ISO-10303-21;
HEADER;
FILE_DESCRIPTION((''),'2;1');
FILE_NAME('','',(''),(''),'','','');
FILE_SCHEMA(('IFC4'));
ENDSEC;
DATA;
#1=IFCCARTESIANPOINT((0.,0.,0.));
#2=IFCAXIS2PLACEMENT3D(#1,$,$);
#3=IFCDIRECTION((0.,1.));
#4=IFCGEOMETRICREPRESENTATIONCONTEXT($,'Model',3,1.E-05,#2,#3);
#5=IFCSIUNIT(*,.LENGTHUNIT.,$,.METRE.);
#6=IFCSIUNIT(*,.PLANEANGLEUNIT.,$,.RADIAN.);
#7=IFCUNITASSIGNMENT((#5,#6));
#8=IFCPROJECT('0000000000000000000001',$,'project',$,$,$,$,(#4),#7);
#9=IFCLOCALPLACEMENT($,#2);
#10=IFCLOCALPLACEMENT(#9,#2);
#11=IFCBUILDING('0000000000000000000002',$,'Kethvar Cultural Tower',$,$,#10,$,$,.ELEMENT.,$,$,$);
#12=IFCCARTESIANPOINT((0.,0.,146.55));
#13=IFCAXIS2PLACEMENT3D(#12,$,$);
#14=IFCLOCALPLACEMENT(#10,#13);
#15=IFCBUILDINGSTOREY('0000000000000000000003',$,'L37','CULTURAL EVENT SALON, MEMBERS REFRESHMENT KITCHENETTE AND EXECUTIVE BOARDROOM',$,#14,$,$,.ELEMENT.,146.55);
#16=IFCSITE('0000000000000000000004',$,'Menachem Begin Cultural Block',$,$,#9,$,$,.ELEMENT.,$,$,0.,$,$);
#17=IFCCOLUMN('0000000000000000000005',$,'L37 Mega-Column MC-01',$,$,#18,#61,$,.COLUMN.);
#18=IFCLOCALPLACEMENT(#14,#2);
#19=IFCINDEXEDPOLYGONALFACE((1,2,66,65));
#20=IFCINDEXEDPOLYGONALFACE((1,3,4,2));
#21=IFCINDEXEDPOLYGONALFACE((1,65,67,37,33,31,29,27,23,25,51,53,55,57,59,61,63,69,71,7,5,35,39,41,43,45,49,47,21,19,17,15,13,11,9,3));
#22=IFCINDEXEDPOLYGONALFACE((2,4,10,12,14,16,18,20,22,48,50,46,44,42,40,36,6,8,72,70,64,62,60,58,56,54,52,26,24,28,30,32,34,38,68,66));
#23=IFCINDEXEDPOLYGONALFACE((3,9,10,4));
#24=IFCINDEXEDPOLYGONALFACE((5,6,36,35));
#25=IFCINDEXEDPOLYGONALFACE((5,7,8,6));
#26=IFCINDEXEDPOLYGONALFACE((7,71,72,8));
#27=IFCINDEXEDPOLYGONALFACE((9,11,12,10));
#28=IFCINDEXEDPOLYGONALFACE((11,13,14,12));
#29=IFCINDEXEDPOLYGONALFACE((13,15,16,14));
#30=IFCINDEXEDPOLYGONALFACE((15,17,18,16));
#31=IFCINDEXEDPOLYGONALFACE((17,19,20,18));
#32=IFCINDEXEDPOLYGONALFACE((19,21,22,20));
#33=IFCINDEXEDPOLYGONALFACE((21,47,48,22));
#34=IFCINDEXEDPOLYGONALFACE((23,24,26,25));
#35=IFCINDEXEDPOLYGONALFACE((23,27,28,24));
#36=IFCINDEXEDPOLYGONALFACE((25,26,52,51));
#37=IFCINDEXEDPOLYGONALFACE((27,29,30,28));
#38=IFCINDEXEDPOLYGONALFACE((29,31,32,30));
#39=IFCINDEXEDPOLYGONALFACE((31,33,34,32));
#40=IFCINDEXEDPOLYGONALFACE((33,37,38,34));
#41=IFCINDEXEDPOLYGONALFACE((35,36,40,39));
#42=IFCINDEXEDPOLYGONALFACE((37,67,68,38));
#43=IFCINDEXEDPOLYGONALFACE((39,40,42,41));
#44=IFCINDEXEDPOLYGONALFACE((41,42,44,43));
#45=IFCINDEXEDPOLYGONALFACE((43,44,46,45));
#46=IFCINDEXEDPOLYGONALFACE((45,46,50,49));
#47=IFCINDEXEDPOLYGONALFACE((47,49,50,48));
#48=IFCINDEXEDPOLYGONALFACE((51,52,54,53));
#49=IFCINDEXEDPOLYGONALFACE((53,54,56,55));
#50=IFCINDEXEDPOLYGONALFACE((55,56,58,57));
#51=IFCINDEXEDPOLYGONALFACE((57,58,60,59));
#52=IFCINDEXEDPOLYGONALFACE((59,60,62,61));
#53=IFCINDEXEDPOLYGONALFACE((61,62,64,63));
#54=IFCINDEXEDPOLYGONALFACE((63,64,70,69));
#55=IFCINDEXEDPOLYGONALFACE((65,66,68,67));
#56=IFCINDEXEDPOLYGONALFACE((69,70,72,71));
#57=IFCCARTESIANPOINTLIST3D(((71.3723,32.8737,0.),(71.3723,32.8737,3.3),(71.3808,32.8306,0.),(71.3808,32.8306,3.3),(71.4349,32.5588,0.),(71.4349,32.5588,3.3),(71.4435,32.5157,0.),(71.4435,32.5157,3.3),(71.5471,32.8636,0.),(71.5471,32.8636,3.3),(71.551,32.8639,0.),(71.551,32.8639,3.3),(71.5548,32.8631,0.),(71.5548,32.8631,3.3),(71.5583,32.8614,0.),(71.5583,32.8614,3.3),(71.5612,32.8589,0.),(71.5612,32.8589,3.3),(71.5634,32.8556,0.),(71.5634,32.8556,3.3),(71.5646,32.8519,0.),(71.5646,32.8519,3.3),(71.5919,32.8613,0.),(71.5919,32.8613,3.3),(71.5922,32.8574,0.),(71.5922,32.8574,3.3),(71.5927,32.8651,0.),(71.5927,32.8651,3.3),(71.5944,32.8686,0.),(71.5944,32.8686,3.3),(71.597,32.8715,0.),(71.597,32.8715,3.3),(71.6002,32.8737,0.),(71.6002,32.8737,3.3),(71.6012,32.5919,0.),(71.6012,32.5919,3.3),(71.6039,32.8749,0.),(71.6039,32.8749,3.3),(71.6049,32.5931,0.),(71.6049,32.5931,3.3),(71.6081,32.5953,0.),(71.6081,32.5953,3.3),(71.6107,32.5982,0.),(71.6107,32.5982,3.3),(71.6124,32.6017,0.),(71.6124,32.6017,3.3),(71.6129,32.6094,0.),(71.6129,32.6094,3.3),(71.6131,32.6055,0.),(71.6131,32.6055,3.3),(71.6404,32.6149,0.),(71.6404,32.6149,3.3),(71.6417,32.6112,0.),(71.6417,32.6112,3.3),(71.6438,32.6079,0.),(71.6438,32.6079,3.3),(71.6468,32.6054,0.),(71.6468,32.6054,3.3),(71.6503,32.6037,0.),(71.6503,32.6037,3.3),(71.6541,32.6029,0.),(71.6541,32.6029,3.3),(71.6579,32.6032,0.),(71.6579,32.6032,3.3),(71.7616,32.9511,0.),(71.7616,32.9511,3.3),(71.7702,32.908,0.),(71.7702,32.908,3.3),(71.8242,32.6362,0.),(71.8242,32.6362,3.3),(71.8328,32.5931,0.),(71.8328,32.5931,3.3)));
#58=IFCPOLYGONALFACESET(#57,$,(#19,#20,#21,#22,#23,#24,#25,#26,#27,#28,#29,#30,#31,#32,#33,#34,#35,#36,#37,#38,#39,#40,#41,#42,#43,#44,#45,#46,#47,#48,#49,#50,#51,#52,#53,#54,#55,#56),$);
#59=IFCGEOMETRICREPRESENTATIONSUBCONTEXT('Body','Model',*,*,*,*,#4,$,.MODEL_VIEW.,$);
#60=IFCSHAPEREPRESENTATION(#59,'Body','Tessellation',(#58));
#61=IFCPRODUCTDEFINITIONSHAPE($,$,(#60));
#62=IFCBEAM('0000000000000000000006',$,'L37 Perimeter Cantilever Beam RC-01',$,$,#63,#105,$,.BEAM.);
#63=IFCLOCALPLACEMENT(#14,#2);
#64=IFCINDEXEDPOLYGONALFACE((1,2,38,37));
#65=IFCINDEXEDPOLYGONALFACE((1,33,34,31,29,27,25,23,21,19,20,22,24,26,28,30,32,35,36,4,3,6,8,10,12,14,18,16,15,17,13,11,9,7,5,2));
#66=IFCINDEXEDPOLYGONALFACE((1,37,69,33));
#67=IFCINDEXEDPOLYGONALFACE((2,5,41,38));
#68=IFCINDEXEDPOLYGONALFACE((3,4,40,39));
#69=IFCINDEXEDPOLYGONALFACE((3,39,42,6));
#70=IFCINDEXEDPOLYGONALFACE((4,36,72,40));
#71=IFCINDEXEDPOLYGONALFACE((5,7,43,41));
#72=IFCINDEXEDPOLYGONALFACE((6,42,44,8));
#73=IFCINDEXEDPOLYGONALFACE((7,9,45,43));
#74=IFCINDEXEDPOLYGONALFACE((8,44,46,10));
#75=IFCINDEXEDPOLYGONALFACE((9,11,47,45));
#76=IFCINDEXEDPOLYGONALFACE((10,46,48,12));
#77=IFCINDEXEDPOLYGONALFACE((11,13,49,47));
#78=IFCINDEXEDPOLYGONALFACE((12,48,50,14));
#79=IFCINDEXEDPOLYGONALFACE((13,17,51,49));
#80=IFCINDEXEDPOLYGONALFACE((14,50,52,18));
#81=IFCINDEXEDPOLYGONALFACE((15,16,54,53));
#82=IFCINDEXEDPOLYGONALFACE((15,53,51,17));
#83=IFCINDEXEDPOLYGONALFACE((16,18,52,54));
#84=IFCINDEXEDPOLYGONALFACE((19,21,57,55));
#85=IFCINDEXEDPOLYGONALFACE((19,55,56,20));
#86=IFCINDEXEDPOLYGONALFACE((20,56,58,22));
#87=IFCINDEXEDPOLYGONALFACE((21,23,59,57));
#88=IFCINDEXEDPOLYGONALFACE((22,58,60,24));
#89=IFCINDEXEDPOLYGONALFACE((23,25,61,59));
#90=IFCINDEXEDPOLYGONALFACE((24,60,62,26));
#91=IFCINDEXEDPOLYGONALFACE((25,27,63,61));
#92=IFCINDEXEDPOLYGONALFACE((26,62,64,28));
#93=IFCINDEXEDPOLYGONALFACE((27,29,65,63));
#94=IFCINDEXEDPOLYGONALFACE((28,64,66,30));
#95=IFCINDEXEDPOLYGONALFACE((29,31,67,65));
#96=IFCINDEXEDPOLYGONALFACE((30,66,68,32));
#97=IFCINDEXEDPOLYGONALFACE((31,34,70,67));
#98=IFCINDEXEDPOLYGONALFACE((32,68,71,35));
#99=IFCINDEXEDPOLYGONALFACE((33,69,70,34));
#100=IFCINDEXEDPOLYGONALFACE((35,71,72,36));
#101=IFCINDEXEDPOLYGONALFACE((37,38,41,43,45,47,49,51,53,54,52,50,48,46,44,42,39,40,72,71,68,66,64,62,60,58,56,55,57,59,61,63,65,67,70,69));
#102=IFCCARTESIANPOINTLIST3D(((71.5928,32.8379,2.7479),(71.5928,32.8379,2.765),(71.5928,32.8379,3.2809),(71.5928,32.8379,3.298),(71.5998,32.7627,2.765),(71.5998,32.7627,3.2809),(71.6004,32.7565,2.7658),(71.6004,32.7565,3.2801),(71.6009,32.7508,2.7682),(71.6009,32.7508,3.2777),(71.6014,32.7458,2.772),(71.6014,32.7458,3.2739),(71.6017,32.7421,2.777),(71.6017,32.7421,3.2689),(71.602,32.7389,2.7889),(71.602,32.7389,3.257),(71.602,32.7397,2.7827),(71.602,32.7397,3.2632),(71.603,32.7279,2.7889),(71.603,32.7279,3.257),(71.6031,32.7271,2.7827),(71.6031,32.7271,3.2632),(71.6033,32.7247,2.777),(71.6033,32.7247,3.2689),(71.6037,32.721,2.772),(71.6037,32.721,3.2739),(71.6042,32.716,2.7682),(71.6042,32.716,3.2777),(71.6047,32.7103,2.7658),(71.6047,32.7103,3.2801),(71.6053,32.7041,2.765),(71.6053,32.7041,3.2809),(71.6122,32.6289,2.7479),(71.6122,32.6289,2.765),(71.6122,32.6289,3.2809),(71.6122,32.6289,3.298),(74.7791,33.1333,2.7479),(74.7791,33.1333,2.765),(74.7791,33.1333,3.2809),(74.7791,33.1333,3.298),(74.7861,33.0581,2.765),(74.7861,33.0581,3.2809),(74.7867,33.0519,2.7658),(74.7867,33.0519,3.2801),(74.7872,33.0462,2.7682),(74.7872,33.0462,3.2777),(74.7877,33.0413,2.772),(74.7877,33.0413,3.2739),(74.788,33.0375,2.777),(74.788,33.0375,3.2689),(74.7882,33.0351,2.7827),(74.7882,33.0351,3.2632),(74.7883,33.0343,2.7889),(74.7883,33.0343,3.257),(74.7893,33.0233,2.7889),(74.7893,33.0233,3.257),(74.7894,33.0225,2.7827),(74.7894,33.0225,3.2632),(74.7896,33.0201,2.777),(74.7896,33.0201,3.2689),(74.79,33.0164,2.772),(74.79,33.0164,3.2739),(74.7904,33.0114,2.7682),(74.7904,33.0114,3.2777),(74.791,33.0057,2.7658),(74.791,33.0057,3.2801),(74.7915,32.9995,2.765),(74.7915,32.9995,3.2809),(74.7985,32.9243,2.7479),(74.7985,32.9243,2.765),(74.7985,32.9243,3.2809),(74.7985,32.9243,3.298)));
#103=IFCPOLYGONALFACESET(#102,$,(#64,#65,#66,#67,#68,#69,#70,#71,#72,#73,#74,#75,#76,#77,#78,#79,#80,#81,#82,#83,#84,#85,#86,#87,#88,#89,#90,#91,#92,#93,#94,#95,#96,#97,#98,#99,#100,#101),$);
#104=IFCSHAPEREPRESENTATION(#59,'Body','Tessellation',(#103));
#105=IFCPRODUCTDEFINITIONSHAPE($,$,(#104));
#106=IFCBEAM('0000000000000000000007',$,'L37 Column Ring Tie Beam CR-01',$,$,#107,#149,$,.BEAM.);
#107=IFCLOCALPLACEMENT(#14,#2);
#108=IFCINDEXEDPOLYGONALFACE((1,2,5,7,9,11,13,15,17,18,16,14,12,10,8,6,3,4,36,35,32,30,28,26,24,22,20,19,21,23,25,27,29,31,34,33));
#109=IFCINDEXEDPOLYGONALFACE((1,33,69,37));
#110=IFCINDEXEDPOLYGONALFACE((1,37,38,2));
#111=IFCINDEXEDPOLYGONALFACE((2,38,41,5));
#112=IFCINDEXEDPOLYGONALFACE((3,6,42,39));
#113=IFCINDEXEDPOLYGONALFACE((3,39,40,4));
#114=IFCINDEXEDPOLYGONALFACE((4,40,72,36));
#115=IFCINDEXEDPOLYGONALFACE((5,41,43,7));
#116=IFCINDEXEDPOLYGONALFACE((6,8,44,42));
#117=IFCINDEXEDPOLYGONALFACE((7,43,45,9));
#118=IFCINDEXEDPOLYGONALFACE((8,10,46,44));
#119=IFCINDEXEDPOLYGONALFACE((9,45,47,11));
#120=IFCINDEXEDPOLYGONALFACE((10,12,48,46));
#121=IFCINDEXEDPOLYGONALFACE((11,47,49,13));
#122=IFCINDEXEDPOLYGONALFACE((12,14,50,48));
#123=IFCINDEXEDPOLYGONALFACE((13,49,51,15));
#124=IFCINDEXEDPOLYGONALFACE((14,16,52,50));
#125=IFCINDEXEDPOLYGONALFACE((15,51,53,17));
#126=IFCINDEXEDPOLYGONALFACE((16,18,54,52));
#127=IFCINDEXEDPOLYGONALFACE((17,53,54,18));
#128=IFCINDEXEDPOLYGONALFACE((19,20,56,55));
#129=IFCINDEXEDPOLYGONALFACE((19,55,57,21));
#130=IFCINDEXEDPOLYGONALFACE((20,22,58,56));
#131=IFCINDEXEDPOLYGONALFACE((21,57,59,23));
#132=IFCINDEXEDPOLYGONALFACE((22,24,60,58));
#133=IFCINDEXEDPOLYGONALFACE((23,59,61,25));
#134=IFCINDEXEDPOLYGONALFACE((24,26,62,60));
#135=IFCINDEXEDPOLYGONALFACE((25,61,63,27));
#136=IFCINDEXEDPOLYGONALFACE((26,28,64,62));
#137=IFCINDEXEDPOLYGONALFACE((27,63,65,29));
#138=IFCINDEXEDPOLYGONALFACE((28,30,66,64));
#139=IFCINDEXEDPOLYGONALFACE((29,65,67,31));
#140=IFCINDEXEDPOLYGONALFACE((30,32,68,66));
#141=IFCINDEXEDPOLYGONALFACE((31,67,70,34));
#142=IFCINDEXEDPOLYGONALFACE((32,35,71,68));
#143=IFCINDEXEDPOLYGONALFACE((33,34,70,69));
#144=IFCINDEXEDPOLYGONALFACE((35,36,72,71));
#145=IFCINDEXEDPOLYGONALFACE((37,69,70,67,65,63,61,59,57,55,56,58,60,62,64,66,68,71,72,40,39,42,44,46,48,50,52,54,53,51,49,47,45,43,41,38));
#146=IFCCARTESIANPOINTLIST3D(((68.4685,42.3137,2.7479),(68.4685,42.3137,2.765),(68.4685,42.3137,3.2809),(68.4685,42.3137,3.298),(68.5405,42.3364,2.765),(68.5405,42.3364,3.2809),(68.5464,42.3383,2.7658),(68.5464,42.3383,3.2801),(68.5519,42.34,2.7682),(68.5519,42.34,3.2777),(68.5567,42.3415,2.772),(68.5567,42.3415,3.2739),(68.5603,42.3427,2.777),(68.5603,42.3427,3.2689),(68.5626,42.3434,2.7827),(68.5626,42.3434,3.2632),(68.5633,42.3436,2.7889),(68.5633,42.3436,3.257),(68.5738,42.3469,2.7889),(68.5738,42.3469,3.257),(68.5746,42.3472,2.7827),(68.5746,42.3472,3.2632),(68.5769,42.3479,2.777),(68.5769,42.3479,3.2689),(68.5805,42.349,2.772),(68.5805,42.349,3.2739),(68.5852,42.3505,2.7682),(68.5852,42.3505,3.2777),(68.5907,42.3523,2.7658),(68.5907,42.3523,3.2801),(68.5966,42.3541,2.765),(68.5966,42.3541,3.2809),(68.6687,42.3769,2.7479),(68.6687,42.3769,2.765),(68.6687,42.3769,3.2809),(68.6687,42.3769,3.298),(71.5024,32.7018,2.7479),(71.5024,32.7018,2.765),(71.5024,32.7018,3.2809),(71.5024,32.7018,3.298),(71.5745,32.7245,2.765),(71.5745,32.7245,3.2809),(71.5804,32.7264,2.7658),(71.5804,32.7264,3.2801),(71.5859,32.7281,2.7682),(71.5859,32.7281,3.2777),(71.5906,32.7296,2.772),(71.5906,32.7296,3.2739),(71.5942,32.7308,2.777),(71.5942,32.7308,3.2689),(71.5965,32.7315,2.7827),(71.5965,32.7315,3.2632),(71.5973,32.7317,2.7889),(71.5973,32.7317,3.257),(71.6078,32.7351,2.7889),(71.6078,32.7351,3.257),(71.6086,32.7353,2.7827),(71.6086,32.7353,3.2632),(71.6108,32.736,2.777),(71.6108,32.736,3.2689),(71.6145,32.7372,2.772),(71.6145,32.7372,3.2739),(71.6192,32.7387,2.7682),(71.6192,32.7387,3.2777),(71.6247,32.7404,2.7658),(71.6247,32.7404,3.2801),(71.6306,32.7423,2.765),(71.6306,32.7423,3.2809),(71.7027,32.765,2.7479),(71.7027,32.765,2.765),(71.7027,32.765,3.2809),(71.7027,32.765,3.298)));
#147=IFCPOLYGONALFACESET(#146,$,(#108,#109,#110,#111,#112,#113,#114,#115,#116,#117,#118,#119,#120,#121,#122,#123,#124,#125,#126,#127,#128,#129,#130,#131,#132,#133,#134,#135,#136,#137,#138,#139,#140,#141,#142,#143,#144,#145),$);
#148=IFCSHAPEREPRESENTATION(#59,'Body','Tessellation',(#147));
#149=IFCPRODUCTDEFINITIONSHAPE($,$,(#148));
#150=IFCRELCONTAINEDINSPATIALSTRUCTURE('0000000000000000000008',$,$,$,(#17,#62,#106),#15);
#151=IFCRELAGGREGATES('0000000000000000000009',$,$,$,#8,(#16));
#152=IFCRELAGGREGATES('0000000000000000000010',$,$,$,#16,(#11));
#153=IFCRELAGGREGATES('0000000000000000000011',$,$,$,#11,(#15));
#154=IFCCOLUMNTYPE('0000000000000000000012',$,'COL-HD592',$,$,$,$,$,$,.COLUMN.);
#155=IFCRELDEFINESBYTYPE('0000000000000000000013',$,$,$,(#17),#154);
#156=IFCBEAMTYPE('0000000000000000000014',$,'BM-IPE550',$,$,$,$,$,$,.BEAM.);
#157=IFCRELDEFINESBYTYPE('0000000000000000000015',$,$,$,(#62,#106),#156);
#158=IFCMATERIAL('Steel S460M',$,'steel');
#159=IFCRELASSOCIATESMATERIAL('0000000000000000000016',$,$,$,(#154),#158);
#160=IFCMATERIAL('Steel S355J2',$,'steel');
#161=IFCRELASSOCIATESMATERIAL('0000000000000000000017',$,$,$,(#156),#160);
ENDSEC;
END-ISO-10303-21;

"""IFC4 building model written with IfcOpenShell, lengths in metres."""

from ifc_helpers import new_model, si_unit, direction, frame, origin, origin_2d, place, context, subcontext, project, spatial, i_section, extrude, source, transform, mapped, material, material_profile, profile_set, type_object, element, save


model = new_model("IFC4")

# Units and contexts
model_context = context("Model", 3, precision=1e-05, world=origin(), true_north=direction((0.0, 1.0)))
body_context = subcontext(model_context, "Body", "Model", "MODEL_VIEW")
ifc_project = project(units=[si_unit("LENGTHUNIT", "METRE"), si_unit("PLANEANGLEUNIT", "RADIAN")], contexts=[model_context])

# Site, building, storey
site_placement = place(None, origin())
site = spatial("IfcSite", under=ifc_project, at=site_placement, Name="Menachem Begin Cultural Block", CompositionType="ELEMENT", RefElevation=0.0)
building_placement = place(site_placement, origin())
building = spatial("IfcBuilding", under=site, at=building_placement, Name="Kethvar Cultural Tower", CompositionType="ELEMENT")
storey_placement = place(building_placement, frame((0.0, 0.0, 146.55)))
storey = spatial("IfcBuildingStorey", under=building, at=storey_placement, Name="L37", Description="CULTURAL EVENT SALON, MEMBERS REFRESHMENT KITCHENETTE AND EXECUTIVE BOARDROOM", CompositionType="ELEMENT", Elevation=146.55)

# Column
ifc_material_1 = material(Name="Steel S460M", Category="steel")
ifc_material_profile_1 = material_profile(ifc_material_1, i_section(OverallWidth=0.397, OverallDepth=0.365, WebThickness=0.0281, FlangeThickness=0.0439, FilletRadius=0.0149, at=origin_2d()), Name="Steel S460M — HD400x592")
ifc_profile_set_1 = profile_set([ifc_material_profile_1], Name="Steel S460M — HD400x592")
column_type = type_object("IfcColumnType", Name="COL-HD592", PredefinedType="COLUMN", material=ifc_profile_set_1)
shared_shape_1 = source(origin(), body_context, "Body", "SweptSolid", [
    extrude(i_section(OverallWidth=0.397, OverallDepth=0.365, WebThickness=0.0281, FlangeThickness=0.0439, FilletRadius=0.0149, at=origin_2d()), origin(), (0.0, 0.0, 1.0), 3.3),
])
column_placement = place(storey_placement, frame((71.6025, 32.7334, 0.0), z_axis=(0.0, 0.0, 1.0), x_axis=(0.980785, 0.19509, 0.0)))
element("IfcColumn", 1, at=column_placement, inside=storey, type_object=column_type, Name="L37 Mega-Column MC-01", PredefinedType="COLUMN", context=body_context, shape_type="MappedRepresentation", body=[
    mapped(shared_shape_1, transform((0.0, 0.0, 0.0), scale=1.0)),
])

# Beams
ifc_material_2 = material(Name="Steel S355J2", Category="steel")
ifc_material_profile_2 = material_profile(ifc_material_2, i_section(OverallWidth=0.21, OverallDepth=0.55, WebThickness=0.011, FlangeThickness=0.0171, FilletRadius=0.0239, at=origin_2d()), Name="Steel S355J2 — IPE550")
ifc_profile_set_2 = profile_set([ifc_material_profile_2], Name="Steel S355J2 — IPE550")
beam_type_1 = type_object("IfcBeamType", Name="BM-IPE550", PredefinedType="BEAM", material=ifc_profile_set_2)
shared_shape_2 = source(origin(), body_context, "Body", "SweptSolid", [
    extrude(i_section(OverallWidth=0.21, OverallDepth=0.55, WebThickness=0.011, FlangeThickness=0.0171, FilletRadius=0.0239, at=origin_2d()), origin(), (0.0, 0.0, 1.0), 3.2),
])
beam_1_placement = place(storey_placement, frame((71.6025, 32.7334, 3.0229), z_axis=(0.99573, 0.092317, 0.0), x_axis=(-0.092317, 0.99573, 0.0)))
element("IfcBeam", 2, at=beam_1_placement, inside=storey, type_object=beam_type_1, Name="L37 Perimeter Cantilever Beam RC-01", PredefinedType="BEAM", context=body_context, shape_type="MappedRepresentation", body=[
    mapped(shared_shape_2, transform((0.0, 0.0, 0.0), scale=1.0)),
])
shared_shape_3 = source(origin(), body_context, "Body", "SweptSolid", [
    extrude(i_section(OverallWidth=0.21, OverallDepth=0.55, WebThickness=0.011, FlangeThickness=0.0171, FilletRadius=0.0239, at=origin_2d()), origin(), (0.0, 0.0, 1.0), 10.0793),
])
beam_2_placement = place(storey_placement, frame((71.6025, 32.7334, 3.0229), z_axis=(-0.301007, 0.953622, 0.0), x_axis=(-0.953622, -0.301007, 0.0)))
element("IfcBeam", 3, at=beam_2_placement, inside=storey, type_object=beam_type_1, Name="L37 Column Ring Tie Beam CR-01", PredefinedType="BEAM", context=body_context, shape_type="MappedRepresentation", body=[
    mapped(shared_shape_3, transform((0.0, 0.0, 0.0), scale=1.0)),
])

save(model, "model.ifc")
